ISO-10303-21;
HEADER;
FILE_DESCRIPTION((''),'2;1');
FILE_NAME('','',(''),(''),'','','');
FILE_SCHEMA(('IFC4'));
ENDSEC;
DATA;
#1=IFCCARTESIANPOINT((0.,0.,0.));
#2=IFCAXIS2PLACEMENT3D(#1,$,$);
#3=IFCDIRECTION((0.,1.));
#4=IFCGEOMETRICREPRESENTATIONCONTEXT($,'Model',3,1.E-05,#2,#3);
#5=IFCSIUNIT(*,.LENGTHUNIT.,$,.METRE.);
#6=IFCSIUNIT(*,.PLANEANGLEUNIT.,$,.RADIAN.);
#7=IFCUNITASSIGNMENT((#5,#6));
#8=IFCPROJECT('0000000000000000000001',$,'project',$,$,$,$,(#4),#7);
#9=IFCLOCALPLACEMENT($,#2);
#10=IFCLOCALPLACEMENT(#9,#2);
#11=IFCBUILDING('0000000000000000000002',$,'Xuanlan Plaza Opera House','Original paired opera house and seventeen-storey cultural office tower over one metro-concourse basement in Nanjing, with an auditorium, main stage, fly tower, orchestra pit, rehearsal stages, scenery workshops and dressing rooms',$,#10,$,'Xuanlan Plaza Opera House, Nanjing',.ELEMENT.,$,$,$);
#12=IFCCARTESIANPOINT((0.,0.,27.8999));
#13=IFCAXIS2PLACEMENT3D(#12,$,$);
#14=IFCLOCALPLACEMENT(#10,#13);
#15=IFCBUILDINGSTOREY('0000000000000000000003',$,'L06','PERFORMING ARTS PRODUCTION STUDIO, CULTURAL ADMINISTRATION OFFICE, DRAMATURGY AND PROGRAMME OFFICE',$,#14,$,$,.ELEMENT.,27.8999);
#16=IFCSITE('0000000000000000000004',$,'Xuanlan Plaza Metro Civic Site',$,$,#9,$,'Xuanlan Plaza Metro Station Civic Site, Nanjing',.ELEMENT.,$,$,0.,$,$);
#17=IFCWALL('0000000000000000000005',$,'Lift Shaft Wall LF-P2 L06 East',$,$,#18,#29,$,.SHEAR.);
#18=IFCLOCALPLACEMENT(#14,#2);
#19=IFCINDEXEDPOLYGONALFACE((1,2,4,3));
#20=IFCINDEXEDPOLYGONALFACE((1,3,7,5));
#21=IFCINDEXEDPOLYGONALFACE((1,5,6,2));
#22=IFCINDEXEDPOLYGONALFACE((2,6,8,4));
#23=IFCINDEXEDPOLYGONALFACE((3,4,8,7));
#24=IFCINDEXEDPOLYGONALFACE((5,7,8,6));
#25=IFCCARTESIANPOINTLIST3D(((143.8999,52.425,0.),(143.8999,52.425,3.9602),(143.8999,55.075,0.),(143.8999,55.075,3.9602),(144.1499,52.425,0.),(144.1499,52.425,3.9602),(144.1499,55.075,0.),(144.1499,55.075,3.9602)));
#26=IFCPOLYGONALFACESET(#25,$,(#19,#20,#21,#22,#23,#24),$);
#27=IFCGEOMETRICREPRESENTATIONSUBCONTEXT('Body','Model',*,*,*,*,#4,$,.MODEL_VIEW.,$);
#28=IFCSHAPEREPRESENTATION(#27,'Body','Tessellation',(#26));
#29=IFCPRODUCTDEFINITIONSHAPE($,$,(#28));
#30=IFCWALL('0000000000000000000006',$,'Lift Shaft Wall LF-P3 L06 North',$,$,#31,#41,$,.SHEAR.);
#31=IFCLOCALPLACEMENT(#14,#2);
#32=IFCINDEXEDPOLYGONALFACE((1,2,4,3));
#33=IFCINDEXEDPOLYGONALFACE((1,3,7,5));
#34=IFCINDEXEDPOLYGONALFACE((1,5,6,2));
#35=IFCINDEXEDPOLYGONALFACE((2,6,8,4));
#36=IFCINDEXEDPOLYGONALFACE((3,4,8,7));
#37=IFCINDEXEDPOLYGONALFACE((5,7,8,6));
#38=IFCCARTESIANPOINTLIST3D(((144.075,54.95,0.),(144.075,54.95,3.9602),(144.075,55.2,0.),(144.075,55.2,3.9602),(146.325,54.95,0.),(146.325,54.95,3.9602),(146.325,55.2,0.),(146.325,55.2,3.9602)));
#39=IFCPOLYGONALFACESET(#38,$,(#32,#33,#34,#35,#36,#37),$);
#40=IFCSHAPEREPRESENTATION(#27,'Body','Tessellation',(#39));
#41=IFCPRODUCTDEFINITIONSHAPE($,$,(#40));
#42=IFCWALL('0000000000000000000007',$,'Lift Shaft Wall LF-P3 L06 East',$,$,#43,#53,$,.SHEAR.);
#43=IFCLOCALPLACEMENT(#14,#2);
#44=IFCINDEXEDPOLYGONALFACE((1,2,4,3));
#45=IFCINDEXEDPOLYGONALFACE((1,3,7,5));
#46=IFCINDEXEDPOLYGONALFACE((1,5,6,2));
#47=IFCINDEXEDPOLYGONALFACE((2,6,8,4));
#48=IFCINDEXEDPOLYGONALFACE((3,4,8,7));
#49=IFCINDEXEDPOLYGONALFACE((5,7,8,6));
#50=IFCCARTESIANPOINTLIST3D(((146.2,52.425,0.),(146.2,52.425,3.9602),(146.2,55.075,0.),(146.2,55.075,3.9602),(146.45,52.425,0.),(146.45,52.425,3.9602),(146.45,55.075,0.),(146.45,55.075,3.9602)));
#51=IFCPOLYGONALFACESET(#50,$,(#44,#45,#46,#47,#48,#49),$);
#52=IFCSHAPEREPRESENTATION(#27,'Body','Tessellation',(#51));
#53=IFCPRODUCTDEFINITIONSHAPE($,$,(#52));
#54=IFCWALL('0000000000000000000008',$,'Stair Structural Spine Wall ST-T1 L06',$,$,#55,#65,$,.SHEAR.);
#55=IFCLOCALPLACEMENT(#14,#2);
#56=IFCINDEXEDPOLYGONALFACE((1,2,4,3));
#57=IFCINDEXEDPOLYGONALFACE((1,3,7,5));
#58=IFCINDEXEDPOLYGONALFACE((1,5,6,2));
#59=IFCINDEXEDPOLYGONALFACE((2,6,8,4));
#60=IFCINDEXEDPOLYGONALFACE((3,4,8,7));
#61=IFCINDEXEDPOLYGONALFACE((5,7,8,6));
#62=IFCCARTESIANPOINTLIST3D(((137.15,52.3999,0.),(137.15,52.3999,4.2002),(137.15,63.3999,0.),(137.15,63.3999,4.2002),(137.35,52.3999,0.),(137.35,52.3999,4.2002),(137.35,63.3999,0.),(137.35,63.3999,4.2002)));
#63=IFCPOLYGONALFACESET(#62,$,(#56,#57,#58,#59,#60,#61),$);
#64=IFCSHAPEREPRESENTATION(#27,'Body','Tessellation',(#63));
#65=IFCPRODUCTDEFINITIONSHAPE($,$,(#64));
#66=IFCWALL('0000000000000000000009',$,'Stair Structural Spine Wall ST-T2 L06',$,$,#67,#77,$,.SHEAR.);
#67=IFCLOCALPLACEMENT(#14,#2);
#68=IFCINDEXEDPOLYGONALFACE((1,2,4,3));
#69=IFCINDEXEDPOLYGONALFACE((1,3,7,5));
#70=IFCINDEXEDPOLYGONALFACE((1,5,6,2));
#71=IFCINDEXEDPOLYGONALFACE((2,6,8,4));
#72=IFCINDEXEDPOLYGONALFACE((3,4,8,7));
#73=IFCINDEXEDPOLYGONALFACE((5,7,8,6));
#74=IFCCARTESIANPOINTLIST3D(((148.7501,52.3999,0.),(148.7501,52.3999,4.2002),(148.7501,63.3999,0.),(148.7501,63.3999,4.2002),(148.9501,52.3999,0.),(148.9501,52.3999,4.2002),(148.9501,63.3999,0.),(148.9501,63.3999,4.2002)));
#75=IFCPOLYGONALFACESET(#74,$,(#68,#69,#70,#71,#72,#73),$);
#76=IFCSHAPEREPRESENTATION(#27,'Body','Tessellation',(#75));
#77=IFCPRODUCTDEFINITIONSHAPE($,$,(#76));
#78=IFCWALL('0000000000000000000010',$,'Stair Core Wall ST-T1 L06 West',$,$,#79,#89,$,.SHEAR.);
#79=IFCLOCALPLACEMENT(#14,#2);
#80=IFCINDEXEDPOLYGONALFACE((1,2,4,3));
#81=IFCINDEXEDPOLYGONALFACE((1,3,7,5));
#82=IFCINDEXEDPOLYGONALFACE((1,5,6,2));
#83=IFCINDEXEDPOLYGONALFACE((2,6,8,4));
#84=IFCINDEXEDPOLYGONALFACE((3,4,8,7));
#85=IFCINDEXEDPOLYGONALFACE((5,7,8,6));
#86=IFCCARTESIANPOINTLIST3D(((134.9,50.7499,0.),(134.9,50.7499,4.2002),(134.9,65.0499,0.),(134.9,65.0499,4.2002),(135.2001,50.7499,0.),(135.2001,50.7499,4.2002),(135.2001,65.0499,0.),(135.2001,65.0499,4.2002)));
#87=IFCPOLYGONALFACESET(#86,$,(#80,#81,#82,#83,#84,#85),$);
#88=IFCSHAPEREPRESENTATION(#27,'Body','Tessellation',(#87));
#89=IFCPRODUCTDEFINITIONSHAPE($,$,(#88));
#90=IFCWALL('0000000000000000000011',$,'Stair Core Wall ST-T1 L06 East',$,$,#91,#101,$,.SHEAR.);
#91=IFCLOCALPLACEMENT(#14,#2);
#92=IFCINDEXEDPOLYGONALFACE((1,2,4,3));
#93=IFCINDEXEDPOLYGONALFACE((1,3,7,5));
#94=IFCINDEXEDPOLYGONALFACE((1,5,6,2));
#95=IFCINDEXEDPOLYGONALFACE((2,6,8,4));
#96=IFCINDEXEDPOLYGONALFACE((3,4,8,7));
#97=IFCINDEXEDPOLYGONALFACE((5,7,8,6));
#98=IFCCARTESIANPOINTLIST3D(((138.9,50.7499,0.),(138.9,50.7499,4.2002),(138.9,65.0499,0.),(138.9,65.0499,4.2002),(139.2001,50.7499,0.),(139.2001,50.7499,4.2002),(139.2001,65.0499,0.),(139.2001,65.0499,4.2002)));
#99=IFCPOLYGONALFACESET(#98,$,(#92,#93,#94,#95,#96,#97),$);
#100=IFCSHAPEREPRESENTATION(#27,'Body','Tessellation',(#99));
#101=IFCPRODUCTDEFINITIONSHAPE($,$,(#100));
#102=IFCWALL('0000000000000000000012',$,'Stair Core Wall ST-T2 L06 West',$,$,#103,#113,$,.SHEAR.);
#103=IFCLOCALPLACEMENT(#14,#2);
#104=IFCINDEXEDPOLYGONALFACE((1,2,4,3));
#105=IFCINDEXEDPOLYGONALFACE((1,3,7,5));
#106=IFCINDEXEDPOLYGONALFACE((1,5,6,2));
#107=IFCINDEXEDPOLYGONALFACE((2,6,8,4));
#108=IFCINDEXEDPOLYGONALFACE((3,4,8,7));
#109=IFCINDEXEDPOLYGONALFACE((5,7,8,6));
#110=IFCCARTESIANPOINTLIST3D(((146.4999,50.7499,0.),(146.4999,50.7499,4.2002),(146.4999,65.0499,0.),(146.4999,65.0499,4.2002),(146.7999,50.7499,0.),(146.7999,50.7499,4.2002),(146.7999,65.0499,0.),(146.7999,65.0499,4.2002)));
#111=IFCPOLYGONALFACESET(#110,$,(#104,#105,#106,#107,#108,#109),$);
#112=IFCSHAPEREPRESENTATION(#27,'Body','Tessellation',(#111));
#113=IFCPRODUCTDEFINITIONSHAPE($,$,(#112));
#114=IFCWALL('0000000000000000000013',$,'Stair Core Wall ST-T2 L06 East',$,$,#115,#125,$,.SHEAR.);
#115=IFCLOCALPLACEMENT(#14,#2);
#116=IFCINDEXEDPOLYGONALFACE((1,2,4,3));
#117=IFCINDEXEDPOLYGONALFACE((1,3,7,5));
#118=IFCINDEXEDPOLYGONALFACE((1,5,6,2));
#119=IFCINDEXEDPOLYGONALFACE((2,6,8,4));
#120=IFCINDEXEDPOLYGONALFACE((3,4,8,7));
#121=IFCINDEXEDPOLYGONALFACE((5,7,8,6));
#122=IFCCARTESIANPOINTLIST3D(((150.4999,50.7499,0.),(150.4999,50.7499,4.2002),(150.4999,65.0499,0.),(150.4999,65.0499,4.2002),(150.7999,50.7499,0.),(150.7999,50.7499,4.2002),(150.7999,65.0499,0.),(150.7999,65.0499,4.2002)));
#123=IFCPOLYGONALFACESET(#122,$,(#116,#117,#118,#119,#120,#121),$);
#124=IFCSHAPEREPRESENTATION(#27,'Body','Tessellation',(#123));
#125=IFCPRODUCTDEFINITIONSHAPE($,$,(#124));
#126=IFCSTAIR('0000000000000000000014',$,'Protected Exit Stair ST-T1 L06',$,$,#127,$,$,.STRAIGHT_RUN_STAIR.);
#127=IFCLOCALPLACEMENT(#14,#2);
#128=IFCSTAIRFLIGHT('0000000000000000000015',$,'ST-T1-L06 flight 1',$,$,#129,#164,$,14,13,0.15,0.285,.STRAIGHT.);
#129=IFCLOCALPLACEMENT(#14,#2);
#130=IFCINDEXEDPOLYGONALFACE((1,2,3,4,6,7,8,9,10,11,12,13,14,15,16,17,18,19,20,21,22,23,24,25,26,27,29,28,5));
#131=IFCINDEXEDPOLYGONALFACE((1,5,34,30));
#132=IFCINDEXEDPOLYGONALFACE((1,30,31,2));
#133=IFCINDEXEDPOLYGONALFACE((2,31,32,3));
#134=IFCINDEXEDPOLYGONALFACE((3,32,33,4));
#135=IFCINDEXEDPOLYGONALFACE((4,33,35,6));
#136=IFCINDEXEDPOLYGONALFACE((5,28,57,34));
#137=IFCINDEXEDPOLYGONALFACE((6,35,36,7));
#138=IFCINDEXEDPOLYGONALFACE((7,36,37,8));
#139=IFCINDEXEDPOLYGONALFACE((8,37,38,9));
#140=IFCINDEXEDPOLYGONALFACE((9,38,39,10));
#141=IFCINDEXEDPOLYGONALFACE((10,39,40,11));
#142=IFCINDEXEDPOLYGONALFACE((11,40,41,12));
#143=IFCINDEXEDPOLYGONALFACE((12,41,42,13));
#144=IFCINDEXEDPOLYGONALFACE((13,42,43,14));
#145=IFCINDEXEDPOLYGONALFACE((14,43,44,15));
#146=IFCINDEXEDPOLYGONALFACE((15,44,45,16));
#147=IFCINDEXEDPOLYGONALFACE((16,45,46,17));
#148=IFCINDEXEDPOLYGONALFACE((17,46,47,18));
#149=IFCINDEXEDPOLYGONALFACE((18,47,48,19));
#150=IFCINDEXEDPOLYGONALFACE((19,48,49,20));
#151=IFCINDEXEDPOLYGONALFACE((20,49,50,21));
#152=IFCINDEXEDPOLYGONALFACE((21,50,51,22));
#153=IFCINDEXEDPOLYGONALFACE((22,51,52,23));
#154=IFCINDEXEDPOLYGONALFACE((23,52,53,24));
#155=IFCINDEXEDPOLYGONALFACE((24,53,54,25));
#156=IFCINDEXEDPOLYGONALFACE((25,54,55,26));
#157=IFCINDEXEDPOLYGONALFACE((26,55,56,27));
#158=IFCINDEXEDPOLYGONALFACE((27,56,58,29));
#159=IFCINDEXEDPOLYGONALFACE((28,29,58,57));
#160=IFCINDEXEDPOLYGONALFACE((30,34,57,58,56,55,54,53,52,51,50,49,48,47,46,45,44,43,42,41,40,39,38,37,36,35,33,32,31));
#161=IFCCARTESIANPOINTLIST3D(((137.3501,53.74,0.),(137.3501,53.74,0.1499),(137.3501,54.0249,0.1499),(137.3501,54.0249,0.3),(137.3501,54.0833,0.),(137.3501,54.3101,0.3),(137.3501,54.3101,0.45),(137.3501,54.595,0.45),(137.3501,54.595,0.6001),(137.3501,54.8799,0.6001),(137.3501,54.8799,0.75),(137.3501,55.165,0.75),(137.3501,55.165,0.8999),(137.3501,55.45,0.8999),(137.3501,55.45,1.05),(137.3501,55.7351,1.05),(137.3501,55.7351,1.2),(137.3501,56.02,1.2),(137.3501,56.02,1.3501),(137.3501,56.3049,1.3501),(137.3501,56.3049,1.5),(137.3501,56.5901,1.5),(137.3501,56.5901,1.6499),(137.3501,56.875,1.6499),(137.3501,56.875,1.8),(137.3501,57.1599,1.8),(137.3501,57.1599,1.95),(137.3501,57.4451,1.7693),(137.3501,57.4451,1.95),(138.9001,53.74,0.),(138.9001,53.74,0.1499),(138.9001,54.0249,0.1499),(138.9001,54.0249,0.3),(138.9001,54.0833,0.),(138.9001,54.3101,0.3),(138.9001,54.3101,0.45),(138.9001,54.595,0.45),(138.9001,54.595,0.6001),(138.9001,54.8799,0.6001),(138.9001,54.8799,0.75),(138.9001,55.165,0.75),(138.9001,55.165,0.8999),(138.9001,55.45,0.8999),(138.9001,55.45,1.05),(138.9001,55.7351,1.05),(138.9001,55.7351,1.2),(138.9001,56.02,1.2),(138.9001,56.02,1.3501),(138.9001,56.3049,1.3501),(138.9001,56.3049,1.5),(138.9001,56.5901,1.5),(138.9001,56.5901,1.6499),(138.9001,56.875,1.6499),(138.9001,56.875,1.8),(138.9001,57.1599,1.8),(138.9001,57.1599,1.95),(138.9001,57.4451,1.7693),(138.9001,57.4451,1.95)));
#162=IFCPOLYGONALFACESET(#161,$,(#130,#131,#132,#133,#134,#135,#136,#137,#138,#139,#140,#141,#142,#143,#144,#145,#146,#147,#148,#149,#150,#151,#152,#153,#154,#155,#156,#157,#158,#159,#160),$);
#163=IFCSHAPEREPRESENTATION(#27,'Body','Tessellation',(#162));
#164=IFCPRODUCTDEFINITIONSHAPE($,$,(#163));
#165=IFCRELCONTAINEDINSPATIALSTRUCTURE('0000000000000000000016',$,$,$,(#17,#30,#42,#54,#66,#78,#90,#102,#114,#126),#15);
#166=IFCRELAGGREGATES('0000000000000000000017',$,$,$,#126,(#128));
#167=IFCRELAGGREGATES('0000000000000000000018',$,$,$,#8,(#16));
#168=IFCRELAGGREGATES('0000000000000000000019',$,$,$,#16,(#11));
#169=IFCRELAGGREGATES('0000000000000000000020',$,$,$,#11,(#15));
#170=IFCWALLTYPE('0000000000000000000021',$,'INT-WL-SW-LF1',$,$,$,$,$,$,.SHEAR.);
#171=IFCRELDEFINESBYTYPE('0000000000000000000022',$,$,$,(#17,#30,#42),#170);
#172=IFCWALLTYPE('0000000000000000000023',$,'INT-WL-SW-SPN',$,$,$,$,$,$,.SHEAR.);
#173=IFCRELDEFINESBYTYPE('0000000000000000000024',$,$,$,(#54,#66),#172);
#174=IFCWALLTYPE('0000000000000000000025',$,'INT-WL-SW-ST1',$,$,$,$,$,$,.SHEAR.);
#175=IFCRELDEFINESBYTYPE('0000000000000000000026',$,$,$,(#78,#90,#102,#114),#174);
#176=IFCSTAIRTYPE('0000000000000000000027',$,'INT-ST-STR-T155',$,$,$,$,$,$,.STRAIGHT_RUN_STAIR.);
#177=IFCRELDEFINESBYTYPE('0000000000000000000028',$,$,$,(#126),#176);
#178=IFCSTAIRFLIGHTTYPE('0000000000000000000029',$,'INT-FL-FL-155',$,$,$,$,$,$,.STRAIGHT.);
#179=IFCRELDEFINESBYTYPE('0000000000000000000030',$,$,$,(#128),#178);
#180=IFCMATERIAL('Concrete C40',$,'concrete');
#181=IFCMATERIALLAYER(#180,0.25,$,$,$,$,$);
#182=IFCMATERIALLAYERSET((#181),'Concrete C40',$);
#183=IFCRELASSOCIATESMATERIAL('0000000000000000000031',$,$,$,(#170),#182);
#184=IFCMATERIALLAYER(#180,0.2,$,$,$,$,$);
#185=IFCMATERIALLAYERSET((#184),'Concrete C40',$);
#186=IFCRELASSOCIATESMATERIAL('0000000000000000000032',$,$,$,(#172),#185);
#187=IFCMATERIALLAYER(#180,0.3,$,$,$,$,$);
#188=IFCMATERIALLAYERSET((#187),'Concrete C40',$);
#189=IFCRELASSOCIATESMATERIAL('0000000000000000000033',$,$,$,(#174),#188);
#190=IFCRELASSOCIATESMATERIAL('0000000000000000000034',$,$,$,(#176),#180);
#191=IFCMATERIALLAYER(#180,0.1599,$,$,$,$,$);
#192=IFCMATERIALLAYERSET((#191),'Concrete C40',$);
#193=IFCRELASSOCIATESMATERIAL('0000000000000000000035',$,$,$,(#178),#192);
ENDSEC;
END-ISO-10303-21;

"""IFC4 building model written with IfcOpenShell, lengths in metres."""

from ifc_helpers import new_model, si_unit, direction, frame, frame_2d, origin, place, context, subcontext, project, spatial, polyline, rectangle, outline, extrude, material, layer, layer_set, type_object, element, aggregate, save


model = new_model("IFC4")

# Units and contexts
model_context = context("Model", 3, precision=1e-05, world=origin(), true_north=direction((0.0, 1.0)))
body_context = subcontext(model_context, "Body", "Model", "MODEL_VIEW")
ifc_project = project(units=[si_unit("LENGTHUNIT", "METRE"), si_unit("PLANEANGLEUNIT", "RADIAN")], contexts=[model_context])

# Site, building, storey
site_placement = place(None, origin())
site = spatial("IfcSite", under=ifc_project, at=site_placement, Name="Xuanlan Plaza Metro Civic Site", LongName="Xuanlan Plaza Metro Station Civic Site, Nanjing", CompositionType="ELEMENT", RefElevation=0.0)
building_placement = place(site_placement, origin())
building = spatial("IfcBuilding", under=site, at=building_placement, Name="Xuanlan Plaza Opera House", Description="Original paired opera house and seventeen-storey cultural office tower over one metro-concourse basement in Nanjing, with an auditorium, main stage, fly tower, orchestra pit, rehearsal stages, scenery workshops and dressing rooms", LongName="Xuanlan Plaza Opera House, Nanjing", CompositionType="ELEMENT")
storey_placement = place(building_placement, frame((0.0, 0.0, 27.8999)))
storey = spatial("IfcBuildingStorey", under=building, at=storey_placement, Name="L06", Description="PERFORMING ARTS PRODUCTION STUDIO, CULTURAL ADMINISTRATION OFFICE, DRAMATURGY AND PROGRAMME OFFICE", CompositionType="ELEMENT", Elevation=27.8999)

# Shared definitions
ifc_material_1 = material(Name="Concrete C40", Category="concrete")

# Shared definitions
ifc_layer_1 = layer(ifc_material_1, 0.25)
ifc_layer_set_1 = layer_set([ifc_layer_1], Name="Concrete C40")
wall_type_1 = type_object("IfcWallType", Name="INT-WL-SW-LF1", PredefinedType="SHEAR", material=ifc_layer_set_1)

# Wall
wall_1_placement = place(storey_placement, frame((144.0249, 52.425, 0.0), z_axis=(0.0, 0.0, 1.0), x_axis=(0.0, 1.0, 0.0)))
element("IfcWall", 1, at=wall_1_placement, inside=storey, type_object=wall_type_1, Name="Lift Shaft Wall LF-P2 L06 East", PredefinedType="SHEAR", context=body_context, shape_type="SweptSolid", body=[
    extrude(rectangle(XDim=2.6499, YDim=0.25, at=frame_2d((1.325, 0.0))), origin(), (0.0, 0.0, 1.0), 3.9602),
])

# Walls
wall_2_placement = place(storey_placement, frame((144.075, 55.075, 0.0), z_axis=(0.0, 0.0, 1.0), x_axis=(1.0, 0.0, 0.0)))
element("IfcWall", 2, at=wall_2_placement, inside=storey, type_object=wall_type_1, Name="Lift Shaft Wall LF-P3 L06 North", PredefinedType="SHEAR", context=body_context, shape_type="SweptSolid", body=[
    extrude(rectangle(XDim=2.25, YDim=0.25, at=frame_2d((1.125, 0.0))), origin(), (0.0, 0.0, 1.0), 3.9602),
])
wall_3_placement = place(storey_placement, frame((146.325, 52.425, 0.0), z_axis=(0.0, 0.0, 1.0), x_axis=(0.0, 1.0, 0.0)))
element("IfcWall", 3, at=wall_3_placement, inside=storey, type_object=wall_type_1, Name="Lift Shaft Wall LF-P3 L06 East", PredefinedType="SHEAR", context=body_context, shape_type="SweptSolid", body=[
    extrude(rectangle(XDim=2.6499, YDim=0.25, at=frame_2d((1.325, 0.0))), origin(), (0.0, 0.0, 1.0), 3.9602),
])
ifc_layer_2 = layer(ifc_material_1, 0.2)
ifc_layer_set_2 = layer_set([ifc_layer_2], Name="Concrete C40")
wall_type_2 = type_object("IfcWallType", Name="INT-WL-SW-SPN", PredefinedType="SHEAR", material=ifc_layer_set_2)
for number, where, z_axis, x_axis, name in (
    (4, (137.25, 52.3999, 0.0), (0.0, 0.0, 1.0), (0.0, 1.0, 0.0), "Stair Structural Spine Wall ST-T1 L06"),
    (5, (148.8501, 52.3999, 0.0), (0.0, 0.0, 1.0), (0.0, 1.0, 0.0), "Stair Structural Spine Wall ST-T2 L06"),
):
    element("IfcWall", number, at=place(storey_placement, frame(where, z_axis=z_axis, x_axis=x_axis)), inside=storey, type_object=wall_type_2, Name=name, PredefinedType="SHEAR", context=body_context, shape_type="SweptSolid", body=[
        extrude(rectangle(XDim=11.0, YDim=0.2, at=frame_2d((5.5, 0.0))), origin(), (0.0, 0.0, 1.0), 4.2002),
    ])

# Shared definitions
ifc_layer_3 = layer(ifc_material_1, 0.3)
ifc_layer_set_3 = layer_set([ifc_layer_3], Name="Concrete C40")
wall_type_3 = type_object("IfcWallType", Name="INT-WL-SW-ST1", PredefinedType="SHEAR", material=ifc_layer_set_3)

# Walls
for number, where, z_axis, x_axis, name in (
    (6, (135.05, 50.75, 0.0), (0.0, 0.0, 1.0), (0.0, 1.0, 0.0), "Stair Core Wall ST-T1 L06 West"),
    (7, (139.05, 50.75, 0.0), (0.0, 0.0, 1.0), (0.0, 1.0, 0.0), "Stair Core Wall ST-T1 L06 East"),
):
    element("IfcWall", number, at=place(storey_placement, frame(where, z_axis=z_axis, x_axis=x_axis)), inside=storey, type_object=wall_type_3, Name=name, PredefinedType="SHEAR", context=body_context, shape_type="SweptSolid", body=[
        extrude(rectangle(XDim=14.3, YDim=0.3, at=frame_2d((7.1499, 0.0))), origin(), (0.0, 0.0, 1.0), 4.2002),
    ])

# Walls
for number, where, z_axis, x_axis, name in (
    (8, (146.6499, 50.75, 0.0), (0.0, 0.0, 1.0), (0.0, 1.0, 0.0), "Stair Core Wall ST-T2 L06 West"),
    (9, (150.6499, 50.75, 0.0), (0.0, 0.0, 1.0), (0.0, 1.0, 0.0), "Stair Core Wall ST-T2 L06 East"),
):
    element("IfcWall", number, at=place(storey_placement, frame(where, z_axis=z_axis, x_axis=x_axis)), inside=storey, type_object=wall_type_3, Name=name, PredefinedType="SHEAR", context=body_context, shape_type="SweptSolid", body=[
        extrude(rectangle(XDim=14.3, YDim=0.3, at=frame_2d((7.1499, 0.0))), origin(), (0.0, 0.0, 1.0), 4.2002),
    ])

# Stair, stair flight
stair_type = type_object("IfcStairType", Name="INT-ST-STR-T155", PredefinedType="STRAIGHT_RUN_STAIR", material=ifc_material_1)
stair_1_placement = place(storey_placement, origin())
stair_1 = element("IfcStair", 10, at=stair_1_placement, inside=storey, type_object=stair_type, Name="Protected Exit Stair ST-T1 L06", PredefinedType="STRAIGHT_RUN_STAIR")
ifc_layer_4 = layer(ifc_material_1, 0.1599)
ifc_layer_set_4 = layer_set([ifc_layer_4], Name="Concrete C40")
stair_flight_type = type_object("IfcStairFlightType", Name="INT-FL-FL-155", PredefinedType="STRAIGHT", material=ifc_layer_set_4)
stair_flight_1_placement = place(storey_placement, frame((138.125, 53.74, 0.0), z_axis=(0.0, 0.0, 1.0), x_axis=(0.0, 1.0, 0.0)))
stair_flight_1 = element("IfcStairFlight", 11, at=stair_flight_1_placement, type_object=stair_flight_type, Name="ST-T1-L06 flight 1", NumberOfRisers=14, NumberOfTreads=13, PredefinedType="STRAIGHT", RiserHeight=0.15, TreadLength=0.285, context=body_context, shape_type="SweptSolid", body=[
    extrude(outline(polyline([(0.0, 0.0), (0.0, 0.1499), (0.2849, 0.1499), (0.2849, 0.3), (0.5701, 0.3), (0.5701, 0.45), (0.855, 0.45), (0.855, 0.6001), (1.1399, 0.6001), (1.1399, 0.75), (1.425, 0.75), (1.425, 0.8999), (1.71, 0.8999), (1.71, 1.05), (1.9951, 1.05), (1.9951, 1.2), (2.28, 1.2), (2.28, 1.3501), (2.5649, 1.3501), (2.5649, 1.5), (2.8501, 1.5), (2.8501, 1.6499), (3.135, 1.6499), (3.135, 1.8), (3.4199, 1.8), (3.4199, 1.95), (3.7051, 1.95), (3.7051, 2.1001), (3.7051, 1.7693), (0.3433, 0.0), (0.0, 0.0)])), frame((0.0, 0.7749, 0.0), z_axis=(0.0, -1.0, 0.0), x_axis=(1.0, 0.0, 0.0)), (0.0, 0.0, 1.0), 1.55),
])
aggregate(stair_1, [stair_flight_1])

save(model, "model.ifc")
